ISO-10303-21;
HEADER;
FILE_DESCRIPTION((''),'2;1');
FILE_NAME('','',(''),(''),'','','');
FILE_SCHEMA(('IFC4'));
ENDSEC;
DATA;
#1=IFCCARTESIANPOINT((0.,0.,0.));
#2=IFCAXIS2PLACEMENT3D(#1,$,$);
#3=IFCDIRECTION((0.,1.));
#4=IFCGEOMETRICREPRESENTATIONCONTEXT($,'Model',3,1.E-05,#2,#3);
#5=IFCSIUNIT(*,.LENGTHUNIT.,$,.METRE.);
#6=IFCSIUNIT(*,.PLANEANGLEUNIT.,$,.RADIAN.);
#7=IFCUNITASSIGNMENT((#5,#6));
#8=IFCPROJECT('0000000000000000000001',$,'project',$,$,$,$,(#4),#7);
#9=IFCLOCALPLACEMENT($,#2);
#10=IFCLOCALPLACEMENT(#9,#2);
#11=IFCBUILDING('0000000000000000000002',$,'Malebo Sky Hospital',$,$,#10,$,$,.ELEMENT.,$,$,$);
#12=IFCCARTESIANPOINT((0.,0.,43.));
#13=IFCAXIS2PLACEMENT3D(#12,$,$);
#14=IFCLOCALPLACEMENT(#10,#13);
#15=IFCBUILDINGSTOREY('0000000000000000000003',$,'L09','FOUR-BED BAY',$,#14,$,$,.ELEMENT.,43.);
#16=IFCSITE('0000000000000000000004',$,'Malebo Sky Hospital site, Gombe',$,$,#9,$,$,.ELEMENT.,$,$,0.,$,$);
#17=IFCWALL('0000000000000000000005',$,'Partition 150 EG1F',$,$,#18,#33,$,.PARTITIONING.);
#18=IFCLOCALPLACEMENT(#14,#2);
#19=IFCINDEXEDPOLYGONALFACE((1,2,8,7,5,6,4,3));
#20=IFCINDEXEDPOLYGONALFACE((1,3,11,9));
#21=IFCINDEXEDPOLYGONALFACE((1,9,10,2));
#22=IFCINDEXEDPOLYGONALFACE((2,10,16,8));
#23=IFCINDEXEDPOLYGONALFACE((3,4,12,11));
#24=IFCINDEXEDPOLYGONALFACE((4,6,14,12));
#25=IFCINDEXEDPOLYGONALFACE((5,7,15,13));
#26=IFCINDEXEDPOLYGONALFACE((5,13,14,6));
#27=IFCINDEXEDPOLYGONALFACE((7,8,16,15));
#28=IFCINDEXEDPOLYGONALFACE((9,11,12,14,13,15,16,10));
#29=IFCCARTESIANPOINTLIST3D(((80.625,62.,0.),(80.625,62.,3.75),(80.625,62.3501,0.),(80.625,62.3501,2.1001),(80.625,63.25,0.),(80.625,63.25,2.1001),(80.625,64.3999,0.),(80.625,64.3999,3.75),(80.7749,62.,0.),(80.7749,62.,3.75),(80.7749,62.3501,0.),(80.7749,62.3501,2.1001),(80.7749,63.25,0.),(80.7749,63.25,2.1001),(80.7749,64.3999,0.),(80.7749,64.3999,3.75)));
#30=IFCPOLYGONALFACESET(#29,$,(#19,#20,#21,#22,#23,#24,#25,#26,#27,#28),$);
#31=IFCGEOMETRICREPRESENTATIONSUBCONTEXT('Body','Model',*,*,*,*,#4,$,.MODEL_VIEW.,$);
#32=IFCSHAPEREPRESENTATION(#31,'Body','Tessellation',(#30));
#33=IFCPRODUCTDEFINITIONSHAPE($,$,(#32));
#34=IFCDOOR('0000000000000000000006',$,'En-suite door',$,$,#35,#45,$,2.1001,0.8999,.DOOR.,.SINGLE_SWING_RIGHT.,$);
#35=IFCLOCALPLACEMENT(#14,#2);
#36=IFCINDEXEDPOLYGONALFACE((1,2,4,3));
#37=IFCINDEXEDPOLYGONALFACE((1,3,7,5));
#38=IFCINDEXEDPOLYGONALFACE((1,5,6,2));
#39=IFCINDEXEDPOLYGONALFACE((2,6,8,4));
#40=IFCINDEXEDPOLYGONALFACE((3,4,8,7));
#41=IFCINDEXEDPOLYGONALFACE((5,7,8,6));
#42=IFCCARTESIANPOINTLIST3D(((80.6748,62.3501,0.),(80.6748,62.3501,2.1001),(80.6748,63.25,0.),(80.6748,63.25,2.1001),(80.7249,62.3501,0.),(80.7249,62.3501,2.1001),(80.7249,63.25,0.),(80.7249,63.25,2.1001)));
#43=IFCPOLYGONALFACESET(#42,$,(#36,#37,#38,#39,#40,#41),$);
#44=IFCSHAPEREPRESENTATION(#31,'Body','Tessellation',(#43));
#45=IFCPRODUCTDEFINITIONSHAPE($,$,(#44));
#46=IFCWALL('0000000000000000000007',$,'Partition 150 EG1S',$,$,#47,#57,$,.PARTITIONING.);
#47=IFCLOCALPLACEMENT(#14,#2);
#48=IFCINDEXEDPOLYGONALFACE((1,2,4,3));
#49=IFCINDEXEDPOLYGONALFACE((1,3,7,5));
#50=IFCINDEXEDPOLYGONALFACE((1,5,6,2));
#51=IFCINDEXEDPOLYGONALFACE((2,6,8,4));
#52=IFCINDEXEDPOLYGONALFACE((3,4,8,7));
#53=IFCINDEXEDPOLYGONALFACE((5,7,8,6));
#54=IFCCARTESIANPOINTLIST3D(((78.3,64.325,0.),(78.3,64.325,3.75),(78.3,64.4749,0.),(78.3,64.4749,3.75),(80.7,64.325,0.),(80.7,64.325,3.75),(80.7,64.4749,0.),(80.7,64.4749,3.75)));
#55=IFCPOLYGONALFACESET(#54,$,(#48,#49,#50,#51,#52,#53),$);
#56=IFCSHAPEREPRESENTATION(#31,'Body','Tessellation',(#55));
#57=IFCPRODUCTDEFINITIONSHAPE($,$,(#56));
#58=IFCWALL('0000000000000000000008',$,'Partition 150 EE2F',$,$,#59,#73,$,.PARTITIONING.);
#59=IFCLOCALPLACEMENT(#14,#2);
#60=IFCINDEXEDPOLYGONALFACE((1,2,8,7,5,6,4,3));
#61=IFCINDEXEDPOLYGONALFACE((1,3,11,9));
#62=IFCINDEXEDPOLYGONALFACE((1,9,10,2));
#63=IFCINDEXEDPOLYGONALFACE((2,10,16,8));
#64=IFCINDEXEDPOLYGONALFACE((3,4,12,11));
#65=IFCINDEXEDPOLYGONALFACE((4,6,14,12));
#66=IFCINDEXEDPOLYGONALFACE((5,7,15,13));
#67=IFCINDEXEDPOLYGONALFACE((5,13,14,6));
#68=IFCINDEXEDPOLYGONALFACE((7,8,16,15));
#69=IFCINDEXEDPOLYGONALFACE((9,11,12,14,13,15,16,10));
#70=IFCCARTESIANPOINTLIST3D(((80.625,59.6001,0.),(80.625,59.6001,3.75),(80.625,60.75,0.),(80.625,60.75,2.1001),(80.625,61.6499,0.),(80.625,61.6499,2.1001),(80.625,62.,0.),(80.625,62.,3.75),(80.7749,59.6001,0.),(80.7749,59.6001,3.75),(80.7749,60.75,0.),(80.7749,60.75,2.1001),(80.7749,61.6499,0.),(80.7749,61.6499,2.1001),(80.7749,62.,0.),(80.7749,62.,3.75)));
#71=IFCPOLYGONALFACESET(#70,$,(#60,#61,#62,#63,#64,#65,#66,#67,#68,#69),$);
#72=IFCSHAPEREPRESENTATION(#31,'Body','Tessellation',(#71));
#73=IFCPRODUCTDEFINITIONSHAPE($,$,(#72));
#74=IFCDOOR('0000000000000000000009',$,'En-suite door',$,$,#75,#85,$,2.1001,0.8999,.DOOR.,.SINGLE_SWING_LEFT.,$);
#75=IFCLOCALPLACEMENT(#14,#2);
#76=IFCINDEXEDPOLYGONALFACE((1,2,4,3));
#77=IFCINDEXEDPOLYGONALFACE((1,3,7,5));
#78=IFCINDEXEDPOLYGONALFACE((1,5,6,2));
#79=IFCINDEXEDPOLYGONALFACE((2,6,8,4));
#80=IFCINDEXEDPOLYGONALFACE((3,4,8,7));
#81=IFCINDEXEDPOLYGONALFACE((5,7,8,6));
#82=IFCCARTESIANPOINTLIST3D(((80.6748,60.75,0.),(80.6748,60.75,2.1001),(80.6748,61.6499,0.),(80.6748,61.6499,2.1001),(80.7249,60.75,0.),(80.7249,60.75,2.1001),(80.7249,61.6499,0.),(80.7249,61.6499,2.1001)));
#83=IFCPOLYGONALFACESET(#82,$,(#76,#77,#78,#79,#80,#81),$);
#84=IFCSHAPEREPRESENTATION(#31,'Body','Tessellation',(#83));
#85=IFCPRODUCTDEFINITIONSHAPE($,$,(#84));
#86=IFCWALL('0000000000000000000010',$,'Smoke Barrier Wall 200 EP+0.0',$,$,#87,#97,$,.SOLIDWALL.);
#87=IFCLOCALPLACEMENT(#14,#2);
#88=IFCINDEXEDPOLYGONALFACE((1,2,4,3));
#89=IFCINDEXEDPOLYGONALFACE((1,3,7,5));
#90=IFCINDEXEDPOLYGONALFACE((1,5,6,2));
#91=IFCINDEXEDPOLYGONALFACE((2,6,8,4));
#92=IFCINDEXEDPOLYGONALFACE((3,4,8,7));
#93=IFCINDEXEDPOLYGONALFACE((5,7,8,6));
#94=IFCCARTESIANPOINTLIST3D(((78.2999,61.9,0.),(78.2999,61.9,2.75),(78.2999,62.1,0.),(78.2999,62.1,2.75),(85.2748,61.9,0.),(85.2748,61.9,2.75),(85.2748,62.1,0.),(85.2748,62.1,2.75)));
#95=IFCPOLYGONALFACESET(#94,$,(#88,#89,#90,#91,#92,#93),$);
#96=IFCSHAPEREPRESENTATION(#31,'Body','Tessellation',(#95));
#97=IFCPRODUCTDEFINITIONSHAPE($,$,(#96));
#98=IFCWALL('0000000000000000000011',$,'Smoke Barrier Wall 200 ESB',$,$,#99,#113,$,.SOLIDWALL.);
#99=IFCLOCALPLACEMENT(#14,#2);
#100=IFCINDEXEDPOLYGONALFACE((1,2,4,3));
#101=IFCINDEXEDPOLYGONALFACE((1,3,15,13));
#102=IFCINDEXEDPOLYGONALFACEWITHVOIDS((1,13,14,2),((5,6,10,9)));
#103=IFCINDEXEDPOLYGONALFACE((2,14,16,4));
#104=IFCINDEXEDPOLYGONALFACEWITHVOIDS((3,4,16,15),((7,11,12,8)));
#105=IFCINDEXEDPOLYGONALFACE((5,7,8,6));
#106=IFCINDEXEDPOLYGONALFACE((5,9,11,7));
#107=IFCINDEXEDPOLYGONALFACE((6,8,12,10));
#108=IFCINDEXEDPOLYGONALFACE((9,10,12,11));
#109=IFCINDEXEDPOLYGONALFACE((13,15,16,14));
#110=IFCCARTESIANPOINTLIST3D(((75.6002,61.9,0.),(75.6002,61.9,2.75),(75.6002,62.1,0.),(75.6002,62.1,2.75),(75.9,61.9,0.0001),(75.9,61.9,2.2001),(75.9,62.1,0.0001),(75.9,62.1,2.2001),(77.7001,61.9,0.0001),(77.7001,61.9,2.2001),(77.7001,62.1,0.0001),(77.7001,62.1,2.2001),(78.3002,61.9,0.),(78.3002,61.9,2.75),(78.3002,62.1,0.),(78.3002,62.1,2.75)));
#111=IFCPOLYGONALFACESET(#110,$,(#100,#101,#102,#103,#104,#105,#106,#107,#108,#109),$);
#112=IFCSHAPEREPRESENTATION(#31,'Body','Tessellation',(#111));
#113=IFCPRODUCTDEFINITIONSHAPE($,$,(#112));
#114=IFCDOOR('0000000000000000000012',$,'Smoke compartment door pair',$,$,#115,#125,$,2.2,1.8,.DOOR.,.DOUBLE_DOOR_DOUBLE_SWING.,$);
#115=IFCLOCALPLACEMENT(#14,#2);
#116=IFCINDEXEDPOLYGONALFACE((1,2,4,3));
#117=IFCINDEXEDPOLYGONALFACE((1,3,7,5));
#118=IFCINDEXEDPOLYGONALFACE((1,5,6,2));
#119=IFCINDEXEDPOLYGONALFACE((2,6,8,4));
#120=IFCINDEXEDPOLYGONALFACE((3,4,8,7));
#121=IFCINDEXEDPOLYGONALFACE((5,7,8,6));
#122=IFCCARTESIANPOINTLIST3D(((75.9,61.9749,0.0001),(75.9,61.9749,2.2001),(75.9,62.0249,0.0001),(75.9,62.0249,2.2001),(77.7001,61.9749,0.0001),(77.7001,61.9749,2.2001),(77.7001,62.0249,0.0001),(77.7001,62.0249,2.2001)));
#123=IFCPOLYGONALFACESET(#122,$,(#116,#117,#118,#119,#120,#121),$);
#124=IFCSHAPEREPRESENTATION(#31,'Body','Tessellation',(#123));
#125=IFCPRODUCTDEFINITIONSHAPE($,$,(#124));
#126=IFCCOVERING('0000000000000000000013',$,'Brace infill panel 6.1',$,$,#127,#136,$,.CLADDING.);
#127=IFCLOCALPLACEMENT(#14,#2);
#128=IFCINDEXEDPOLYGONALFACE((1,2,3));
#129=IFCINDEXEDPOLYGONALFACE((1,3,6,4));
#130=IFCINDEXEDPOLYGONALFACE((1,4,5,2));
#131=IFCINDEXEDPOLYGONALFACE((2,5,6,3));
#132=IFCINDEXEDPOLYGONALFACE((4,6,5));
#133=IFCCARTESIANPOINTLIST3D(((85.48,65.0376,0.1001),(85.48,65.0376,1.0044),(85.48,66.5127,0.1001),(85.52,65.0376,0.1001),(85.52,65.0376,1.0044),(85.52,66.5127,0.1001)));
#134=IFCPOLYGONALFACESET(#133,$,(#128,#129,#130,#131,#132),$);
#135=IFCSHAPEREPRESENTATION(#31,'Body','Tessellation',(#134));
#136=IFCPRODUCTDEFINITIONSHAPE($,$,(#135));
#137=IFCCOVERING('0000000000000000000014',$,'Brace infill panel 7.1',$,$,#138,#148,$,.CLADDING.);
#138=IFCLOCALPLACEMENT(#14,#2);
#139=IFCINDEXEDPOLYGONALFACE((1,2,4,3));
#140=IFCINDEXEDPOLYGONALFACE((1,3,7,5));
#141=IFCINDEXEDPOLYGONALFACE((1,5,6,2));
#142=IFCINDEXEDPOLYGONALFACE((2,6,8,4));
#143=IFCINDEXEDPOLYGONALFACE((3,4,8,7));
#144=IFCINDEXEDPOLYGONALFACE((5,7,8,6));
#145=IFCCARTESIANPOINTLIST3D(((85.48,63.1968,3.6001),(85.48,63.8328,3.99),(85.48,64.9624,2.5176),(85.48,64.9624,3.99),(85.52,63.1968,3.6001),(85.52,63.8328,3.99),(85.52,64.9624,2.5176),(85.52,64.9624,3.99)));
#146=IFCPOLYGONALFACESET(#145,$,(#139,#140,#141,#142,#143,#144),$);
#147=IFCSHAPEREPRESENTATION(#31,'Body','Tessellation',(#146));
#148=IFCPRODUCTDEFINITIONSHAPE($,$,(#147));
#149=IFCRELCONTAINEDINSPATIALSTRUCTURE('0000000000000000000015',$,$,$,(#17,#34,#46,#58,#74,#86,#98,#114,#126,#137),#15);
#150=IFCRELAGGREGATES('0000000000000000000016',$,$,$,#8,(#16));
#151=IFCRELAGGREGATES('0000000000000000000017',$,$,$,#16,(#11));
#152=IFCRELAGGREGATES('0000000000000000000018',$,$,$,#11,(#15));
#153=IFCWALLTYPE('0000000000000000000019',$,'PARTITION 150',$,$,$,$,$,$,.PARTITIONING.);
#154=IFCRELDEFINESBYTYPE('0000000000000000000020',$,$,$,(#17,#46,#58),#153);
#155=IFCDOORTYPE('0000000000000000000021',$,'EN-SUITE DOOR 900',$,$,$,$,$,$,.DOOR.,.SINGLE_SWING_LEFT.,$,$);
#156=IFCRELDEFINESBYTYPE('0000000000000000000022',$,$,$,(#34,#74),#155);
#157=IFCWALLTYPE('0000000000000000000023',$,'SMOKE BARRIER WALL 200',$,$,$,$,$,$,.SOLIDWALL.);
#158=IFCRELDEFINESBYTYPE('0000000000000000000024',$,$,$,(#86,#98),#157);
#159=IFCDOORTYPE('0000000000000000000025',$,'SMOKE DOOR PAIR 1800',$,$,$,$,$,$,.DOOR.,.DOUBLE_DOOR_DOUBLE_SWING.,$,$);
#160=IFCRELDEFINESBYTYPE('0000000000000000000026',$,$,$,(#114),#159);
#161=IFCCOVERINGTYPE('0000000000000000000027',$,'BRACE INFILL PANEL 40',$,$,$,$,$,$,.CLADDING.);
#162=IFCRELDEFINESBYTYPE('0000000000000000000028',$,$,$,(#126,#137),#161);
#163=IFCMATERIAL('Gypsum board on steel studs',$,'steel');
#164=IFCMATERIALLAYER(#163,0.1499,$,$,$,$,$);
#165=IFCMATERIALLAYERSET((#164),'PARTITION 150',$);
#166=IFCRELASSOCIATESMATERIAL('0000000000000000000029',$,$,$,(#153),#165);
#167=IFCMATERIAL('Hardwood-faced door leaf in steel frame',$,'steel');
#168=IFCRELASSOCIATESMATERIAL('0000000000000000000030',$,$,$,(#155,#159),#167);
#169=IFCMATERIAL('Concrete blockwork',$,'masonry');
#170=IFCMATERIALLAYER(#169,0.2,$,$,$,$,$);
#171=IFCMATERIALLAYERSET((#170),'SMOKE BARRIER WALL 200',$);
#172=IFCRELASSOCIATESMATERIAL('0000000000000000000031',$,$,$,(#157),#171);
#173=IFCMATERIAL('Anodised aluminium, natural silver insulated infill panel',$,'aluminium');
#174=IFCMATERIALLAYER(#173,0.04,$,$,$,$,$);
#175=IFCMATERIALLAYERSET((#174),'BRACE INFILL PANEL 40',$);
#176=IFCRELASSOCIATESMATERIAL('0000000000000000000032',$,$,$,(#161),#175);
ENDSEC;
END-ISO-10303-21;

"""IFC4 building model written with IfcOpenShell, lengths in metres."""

from ifc_helpers import new_model, si_unit, direction, frame, frame_2d, origin, place, context, subcontext, project, spatial, polyline, rectangle, outline, extrude, material, layer, layer_set, type_object, element, fill, save


model = new_model("IFC4")

# Units and contexts
model_context = context("Model", 3, precision=1e-05, world=origin(), true_north=direction((0.0, 1.0)))
body_context = subcontext(model_context, "Body", "Model", "MODEL_VIEW")
ifc_project = project(units=[si_unit("LENGTHUNIT", "METRE"), si_unit("PLANEANGLEUNIT", "RADIAN")], contexts=[model_context])

# Site, building, storey
site_placement = place(None, origin())
site = spatial("IfcSite", under=ifc_project, at=site_placement, Name="Malebo Sky Hospital site, Gombe", CompositionType="ELEMENT", RefElevation=0.0)
building_placement = place(site_placement, origin())
building = spatial("IfcBuilding", under=site, at=building_placement, Name="Malebo Sky Hospital", CompositionType="ELEMENT")
storey_placement = place(building_placement, frame((0.0, 0.0, 43.0)))
storey = spatial("IfcBuildingStorey", under=building, at=storey_placement, Name="L09", Description="FOUR-BED BAY", CompositionType="ELEMENT", Elevation=43.0)

# Shared definitions
ifc_material_1 = material(Name="Gypsum board on steel studs", Category="steel")
ifc_material_2 = material(Name="Hardwood-faced door leaf in steel frame", Category="steel")

# Wall, opening, door
ifc_layer_1 = layer(ifc_material_1, 0.1499)
ifc_layer_set_1 = layer_set([ifc_layer_1], Name="PARTITION 150")
wall_type_1 = type_object("IfcWallType", Name="PARTITION 150", PredefinedType="PARTITIONING", material=ifc_layer_set_1)
wall_1_placement = place(storey_placement, frame((80.7, 64.3999, 0.0), z_axis=(0.0, 0.0, 1.0), x_axis=(0.0, -1.0, 0.0)))
wall_1 = element("IfcWall", 1, at=wall_1_placement, inside=storey, type_object=wall_type_1, Name="Partition 150 EG1F", PredefinedType="PARTITIONING", context=body_context, shape_type="SweptSolid", body=[
    extrude(rectangle(XDim=2.3999, YDim=0.1499, at=frame_2d((1.2, 0.0))), origin(), (0.0, 0.0, 1.0), 3.75),
])
opening_1_placement = place(wall_1_placement, frame((1.1499, 0.0, 0.0)))
opening_1 = element("IfcOpeningElement", 2, at=opening_1_placement, cuts=wall_1, PredefinedType="OPENING", context=body_context, shape_type="SweptSolid", body=[
    extrude(rectangle(XDim=0.8999, YDim=2.1001, at=frame_2d((0.45, 1.05))), frame((0.0, 0.085, 0.0), z_axis=(0.0, -1.0, 0.0), x_axis=(1.0, 0.0, 0.0)), (0.0, 0.0, 1.0), 0.1699),
])
door_type_1 = type_object("IfcDoorType", Name="EN-SUITE DOOR 900", OperationType="SINGLE_SWING_LEFT", PredefinedType="DOOR", material=ifc_material_2)
door_1_placement = place(opening_1_placement, origin())
door_1 = element("IfcDoor", 3, at=door_1_placement, inside=storey, type_object=door_type_1, Name="En-suite door", OperationType="SINGLE_SWING_RIGHT", OverallHeight=2.1001, OverallWidth=0.8999, PredefinedType="DOOR", context=body_context, shape_type="SweptSolid", body=[
    extrude(rectangle(XDim=0.8999, YDim=2.1001, at=frame_2d((0.45, 1.05))), frame((0.0, 0.0249, 0.0), z_axis=(0.0, -1.0, 0.0), x_axis=(1.0, 0.0, 0.0)), (0.0, 0.0, 1.0), 0.05),
])
fill(opening_1, door_1)

# Wall
wall_2_placement = place(storey_placement, frame((78.3, 64.3999, 0.0), z_axis=(0.0, 0.0, 1.0), x_axis=(1.0, 0.0, 0.0)))
element("IfcWall", 4, at=wall_2_placement, inside=storey, type_object=wall_type_1, Name="Partition 150 EG1S", PredefinedType="PARTITIONING", context=body_context, shape_type="SweptSolid", body=[
    extrude(rectangle(XDim=2.3999, YDim=0.1499, at=frame_2d((1.2, 0.0))), origin(), (0.0, 0.0, 1.0), 3.75),
])

# Wall, opening, door
wall_3_placement = place(storey_placement, frame((80.7, 62.0, 0.0), z_axis=(0.0, 0.0, 1.0), x_axis=(0.0, -1.0, 0.0)))
wall_3 = element("IfcWall", 5, at=wall_3_placement, inside=storey, type_object=wall_type_1, Name="Partition 150 EE2F", PredefinedType="PARTITIONING", context=body_context, shape_type="SweptSolid", body=[
    extrude(rectangle(XDim=2.3999, YDim=0.1499, at=frame_2d((1.2, 0.0))), origin(), (0.0, 0.0, 1.0), 3.75),
])
opening_2_placement = place(wall_3_placement, frame((0.3501, 0.0, 0.0)))
opening_2 = element("IfcOpeningElement", 6, at=opening_2_placement, cuts=wall_3, PredefinedType="OPENING", context=body_context, shape_type="SweptSolid", body=[
    extrude(rectangle(XDim=0.8999, YDim=2.1001, at=frame_2d((0.45, 1.05))), frame((0.0, 0.085, 0.0), z_axis=(0.0, -1.0, 0.0), x_axis=(1.0, 0.0, 0.0)), (0.0, 0.0, 1.0), 0.1699),
])
door_2_placement = place(opening_2_placement, origin())
door_2 = element("IfcDoor", 7, at=door_2_placement, inside=storey, type_object=door_type_1, Name="En-suite door", OperationType="SINGLE_SWING_LEFT", OverallHeight=2.1001, OverallWidth=0.8999, PredefinedType="DOOR", context=body_context, shape_type="SweptSolid", body=[
    extrude(rectangle(XDim=0.8999, YDim=2.1001, at=frame_2d((0.45, 1.05))), frame((0.0, 0.0249, 0.0), z_axis=(0.0, -1.0, 0.0), x_axis=(1.0, 0.0, 0.0)), (0.0, 0.0, 1.0), 0.05),
])
fill(opening_2, door_2)

# Wall
ifc_material_3 = material(Name="Concrete blockwork", Category="masonry")
ifc_layer_2 = layer(ifc_material_3, 0.2)
ifc_layer_set_2 = layer_set([ifc_layer_2], Name="SMOKE BARRIER WALL 200")
wall_type_2 = type_object("IfcWallType", Name="SMOKE BARRIER WALL 200", PredefinedType="SOLIDWALL", material=ifc_layer_set_2)
wall_4_placement = place(storey_placement, frame((78.3, 62.0, 0.0), z_axis=(0.0, 0.0, 1.0), x_axis=(1.0, 0.0, 0.0)))
element("IfcWall", 8, at=wall_4_placement, inside=storey, type_object=wall_type_2, Name="Smoke Barrier Wall 200 EP+0.0", PredefinedType="SOLIDWALL", context=body_context, shape_type="SweptSolid", body=[
    extrude(rectangle(XDim=6.9749, YDim=0.2, at=frame_2d((3.4873, 0.0))), origin(), (0.0, 0.0, 1.0), 2.75),
])

# Wall, opening, door
wall_5_placement = place(storey_placement, frame((75.6001, 62.0, 0.0), z_axis=(0.0, 0.0, 1.0), x_axis=(1.0, 0.0, 0.0)))
wall_5 = element("IfcWall", 9, at=wall_5_placement, inside=storey, type_object=wall_type_2, Name="Smoke Barrier Wall 200 ESB", PredefinedType="SOLIDWALL", context=body_context, shape_type="SweptSolid", body=[
    extrude(rectangle(XDim=2.7, YDim=0.2, at=frame_2d((1.3501, 0.0))), origin(), (0.0, 0.0, 1.0), 2.75),
])
opening_3_placement = place(wall_5_placement, frame((0.3, 0.0, 0.0)))
opening_3 = element("IfcOpeningElement", 10, at=opening_3_placement, cuts=wall_5, PredefinedType="OPENING", context=body_context, shape_type="SweptSolid", body=[
    extrude(rectangle(XDim=1.8, YDim=2.2, at=frame_2d((0.8999, 1.1001))), frame((0.0, 0.1099, 0.0), z_axis=(0.0, -1.0, 0.0), x_axis=(1.0, 0.0, 0.0)), (0.0, 0.0, 1.0), 0.22),
])
door_type_2 = type_object("IfcDoorType", Name="SMOKE DOOR PAIR 1800", OperationType="DOUBLE_DOOR_DOUBLE_SWING", PredefinedType="DOOR", material=ifc_material_2)
door_3_placement = place(opening_3_placement, origin())
door_3 = element("IfcDoor", 11, at=door_3_placement, inside=storey, type_object=door_type_2, Name="Smoke compartment door pair", OperationType="DOUBLE_DOOR_DOUBLE_SWING", OverallHeight=2.2, OverallWidth=1.8, PredefinedType="DOOR", context=body_context, shape_type="SweptSolid", body=[
    extrude(rectangle(XDim=1.8, YDim=2.2, at=frame_2d((0.8999, 1.1001))), frame((0.0, 0.0249, 0.0), z_axis=(0.0, -1.0, 0.0), x_axis=(1.0, 0.0, 0.0)), (0.0, 0.0, 1.0), 0.05),
])
fill(opening_3, door_3)

# Coverings
ifc_material_4 = material(Name="Anodised aluminium, natural silver insulated infill panel", Category="aluminium")
ifc_layer_3 = layer(ifc_material_4, 0.04)
ifc_layer_set_3 = layer_set([ifc_layer_3], Name="BRACE INFILL PANEL 40")
covering_type = type_object("IfcCoveringType", Name="BRACE INFILL PANEL 40", PredefinedType="CLADDING", material=ifc_layer_set_3)
covering_1_placement = place(storey_placement, frame((85.5, 65.7751, 0.1001), z_axis=(0.0, 0.0, 1.0), x_axis=(0.0, -1.0, 0.0)))
element("IfcCovering", 12, at=covering_1_placement, inside=storey, type_object=covering_type, Name="Brace infill panel 6.1", PredefinedType="CLADDING", context=body_context, shape_type="SweptSolid", body=[
    extrude(outline(polyline([(-0.7375, 0.0), (0.7375, 0.0), (0.7375, 0.9043), (-0.7375, 0.0)])), frame((0.0, 0.02, 0.0), z_axis=(0.0, -1.0, 0.0), x_axis=(1.0, 0.0, 0.0)), (0.0, 0.0, 1.0), 0.04),
])
covering_2_placement = place(storey_placement, frame((85.5, 64.0796, 2.5176), z_axis=(0.0, 0.0, 1.0), x_axis=(0.0, -1.0, 0.0)))
element("IfcCovering", 13, at=covering_2_placement, inside=storey, type_object=covering_type, Name="Brace infill panel 7.1", PredefinedType="CLADDING", context=body_context, shape_type="SweptSolid", body=[
    extrude(outline(polyline([(-0.8828, 0.0), (0.8828, 1.0825), (0.2468, 1.4724), (-0.8828, 1.4724), (-0.8828, 0.0)])), frame((0.0, 0.02, 0.0), z_axis=(0.0, -1.0, 0.0), x_axis=(1.0, 0.0, 0.0)), (0.0, 0.0, 1.0), 0.04),
])

save(model, "model.ifc")
